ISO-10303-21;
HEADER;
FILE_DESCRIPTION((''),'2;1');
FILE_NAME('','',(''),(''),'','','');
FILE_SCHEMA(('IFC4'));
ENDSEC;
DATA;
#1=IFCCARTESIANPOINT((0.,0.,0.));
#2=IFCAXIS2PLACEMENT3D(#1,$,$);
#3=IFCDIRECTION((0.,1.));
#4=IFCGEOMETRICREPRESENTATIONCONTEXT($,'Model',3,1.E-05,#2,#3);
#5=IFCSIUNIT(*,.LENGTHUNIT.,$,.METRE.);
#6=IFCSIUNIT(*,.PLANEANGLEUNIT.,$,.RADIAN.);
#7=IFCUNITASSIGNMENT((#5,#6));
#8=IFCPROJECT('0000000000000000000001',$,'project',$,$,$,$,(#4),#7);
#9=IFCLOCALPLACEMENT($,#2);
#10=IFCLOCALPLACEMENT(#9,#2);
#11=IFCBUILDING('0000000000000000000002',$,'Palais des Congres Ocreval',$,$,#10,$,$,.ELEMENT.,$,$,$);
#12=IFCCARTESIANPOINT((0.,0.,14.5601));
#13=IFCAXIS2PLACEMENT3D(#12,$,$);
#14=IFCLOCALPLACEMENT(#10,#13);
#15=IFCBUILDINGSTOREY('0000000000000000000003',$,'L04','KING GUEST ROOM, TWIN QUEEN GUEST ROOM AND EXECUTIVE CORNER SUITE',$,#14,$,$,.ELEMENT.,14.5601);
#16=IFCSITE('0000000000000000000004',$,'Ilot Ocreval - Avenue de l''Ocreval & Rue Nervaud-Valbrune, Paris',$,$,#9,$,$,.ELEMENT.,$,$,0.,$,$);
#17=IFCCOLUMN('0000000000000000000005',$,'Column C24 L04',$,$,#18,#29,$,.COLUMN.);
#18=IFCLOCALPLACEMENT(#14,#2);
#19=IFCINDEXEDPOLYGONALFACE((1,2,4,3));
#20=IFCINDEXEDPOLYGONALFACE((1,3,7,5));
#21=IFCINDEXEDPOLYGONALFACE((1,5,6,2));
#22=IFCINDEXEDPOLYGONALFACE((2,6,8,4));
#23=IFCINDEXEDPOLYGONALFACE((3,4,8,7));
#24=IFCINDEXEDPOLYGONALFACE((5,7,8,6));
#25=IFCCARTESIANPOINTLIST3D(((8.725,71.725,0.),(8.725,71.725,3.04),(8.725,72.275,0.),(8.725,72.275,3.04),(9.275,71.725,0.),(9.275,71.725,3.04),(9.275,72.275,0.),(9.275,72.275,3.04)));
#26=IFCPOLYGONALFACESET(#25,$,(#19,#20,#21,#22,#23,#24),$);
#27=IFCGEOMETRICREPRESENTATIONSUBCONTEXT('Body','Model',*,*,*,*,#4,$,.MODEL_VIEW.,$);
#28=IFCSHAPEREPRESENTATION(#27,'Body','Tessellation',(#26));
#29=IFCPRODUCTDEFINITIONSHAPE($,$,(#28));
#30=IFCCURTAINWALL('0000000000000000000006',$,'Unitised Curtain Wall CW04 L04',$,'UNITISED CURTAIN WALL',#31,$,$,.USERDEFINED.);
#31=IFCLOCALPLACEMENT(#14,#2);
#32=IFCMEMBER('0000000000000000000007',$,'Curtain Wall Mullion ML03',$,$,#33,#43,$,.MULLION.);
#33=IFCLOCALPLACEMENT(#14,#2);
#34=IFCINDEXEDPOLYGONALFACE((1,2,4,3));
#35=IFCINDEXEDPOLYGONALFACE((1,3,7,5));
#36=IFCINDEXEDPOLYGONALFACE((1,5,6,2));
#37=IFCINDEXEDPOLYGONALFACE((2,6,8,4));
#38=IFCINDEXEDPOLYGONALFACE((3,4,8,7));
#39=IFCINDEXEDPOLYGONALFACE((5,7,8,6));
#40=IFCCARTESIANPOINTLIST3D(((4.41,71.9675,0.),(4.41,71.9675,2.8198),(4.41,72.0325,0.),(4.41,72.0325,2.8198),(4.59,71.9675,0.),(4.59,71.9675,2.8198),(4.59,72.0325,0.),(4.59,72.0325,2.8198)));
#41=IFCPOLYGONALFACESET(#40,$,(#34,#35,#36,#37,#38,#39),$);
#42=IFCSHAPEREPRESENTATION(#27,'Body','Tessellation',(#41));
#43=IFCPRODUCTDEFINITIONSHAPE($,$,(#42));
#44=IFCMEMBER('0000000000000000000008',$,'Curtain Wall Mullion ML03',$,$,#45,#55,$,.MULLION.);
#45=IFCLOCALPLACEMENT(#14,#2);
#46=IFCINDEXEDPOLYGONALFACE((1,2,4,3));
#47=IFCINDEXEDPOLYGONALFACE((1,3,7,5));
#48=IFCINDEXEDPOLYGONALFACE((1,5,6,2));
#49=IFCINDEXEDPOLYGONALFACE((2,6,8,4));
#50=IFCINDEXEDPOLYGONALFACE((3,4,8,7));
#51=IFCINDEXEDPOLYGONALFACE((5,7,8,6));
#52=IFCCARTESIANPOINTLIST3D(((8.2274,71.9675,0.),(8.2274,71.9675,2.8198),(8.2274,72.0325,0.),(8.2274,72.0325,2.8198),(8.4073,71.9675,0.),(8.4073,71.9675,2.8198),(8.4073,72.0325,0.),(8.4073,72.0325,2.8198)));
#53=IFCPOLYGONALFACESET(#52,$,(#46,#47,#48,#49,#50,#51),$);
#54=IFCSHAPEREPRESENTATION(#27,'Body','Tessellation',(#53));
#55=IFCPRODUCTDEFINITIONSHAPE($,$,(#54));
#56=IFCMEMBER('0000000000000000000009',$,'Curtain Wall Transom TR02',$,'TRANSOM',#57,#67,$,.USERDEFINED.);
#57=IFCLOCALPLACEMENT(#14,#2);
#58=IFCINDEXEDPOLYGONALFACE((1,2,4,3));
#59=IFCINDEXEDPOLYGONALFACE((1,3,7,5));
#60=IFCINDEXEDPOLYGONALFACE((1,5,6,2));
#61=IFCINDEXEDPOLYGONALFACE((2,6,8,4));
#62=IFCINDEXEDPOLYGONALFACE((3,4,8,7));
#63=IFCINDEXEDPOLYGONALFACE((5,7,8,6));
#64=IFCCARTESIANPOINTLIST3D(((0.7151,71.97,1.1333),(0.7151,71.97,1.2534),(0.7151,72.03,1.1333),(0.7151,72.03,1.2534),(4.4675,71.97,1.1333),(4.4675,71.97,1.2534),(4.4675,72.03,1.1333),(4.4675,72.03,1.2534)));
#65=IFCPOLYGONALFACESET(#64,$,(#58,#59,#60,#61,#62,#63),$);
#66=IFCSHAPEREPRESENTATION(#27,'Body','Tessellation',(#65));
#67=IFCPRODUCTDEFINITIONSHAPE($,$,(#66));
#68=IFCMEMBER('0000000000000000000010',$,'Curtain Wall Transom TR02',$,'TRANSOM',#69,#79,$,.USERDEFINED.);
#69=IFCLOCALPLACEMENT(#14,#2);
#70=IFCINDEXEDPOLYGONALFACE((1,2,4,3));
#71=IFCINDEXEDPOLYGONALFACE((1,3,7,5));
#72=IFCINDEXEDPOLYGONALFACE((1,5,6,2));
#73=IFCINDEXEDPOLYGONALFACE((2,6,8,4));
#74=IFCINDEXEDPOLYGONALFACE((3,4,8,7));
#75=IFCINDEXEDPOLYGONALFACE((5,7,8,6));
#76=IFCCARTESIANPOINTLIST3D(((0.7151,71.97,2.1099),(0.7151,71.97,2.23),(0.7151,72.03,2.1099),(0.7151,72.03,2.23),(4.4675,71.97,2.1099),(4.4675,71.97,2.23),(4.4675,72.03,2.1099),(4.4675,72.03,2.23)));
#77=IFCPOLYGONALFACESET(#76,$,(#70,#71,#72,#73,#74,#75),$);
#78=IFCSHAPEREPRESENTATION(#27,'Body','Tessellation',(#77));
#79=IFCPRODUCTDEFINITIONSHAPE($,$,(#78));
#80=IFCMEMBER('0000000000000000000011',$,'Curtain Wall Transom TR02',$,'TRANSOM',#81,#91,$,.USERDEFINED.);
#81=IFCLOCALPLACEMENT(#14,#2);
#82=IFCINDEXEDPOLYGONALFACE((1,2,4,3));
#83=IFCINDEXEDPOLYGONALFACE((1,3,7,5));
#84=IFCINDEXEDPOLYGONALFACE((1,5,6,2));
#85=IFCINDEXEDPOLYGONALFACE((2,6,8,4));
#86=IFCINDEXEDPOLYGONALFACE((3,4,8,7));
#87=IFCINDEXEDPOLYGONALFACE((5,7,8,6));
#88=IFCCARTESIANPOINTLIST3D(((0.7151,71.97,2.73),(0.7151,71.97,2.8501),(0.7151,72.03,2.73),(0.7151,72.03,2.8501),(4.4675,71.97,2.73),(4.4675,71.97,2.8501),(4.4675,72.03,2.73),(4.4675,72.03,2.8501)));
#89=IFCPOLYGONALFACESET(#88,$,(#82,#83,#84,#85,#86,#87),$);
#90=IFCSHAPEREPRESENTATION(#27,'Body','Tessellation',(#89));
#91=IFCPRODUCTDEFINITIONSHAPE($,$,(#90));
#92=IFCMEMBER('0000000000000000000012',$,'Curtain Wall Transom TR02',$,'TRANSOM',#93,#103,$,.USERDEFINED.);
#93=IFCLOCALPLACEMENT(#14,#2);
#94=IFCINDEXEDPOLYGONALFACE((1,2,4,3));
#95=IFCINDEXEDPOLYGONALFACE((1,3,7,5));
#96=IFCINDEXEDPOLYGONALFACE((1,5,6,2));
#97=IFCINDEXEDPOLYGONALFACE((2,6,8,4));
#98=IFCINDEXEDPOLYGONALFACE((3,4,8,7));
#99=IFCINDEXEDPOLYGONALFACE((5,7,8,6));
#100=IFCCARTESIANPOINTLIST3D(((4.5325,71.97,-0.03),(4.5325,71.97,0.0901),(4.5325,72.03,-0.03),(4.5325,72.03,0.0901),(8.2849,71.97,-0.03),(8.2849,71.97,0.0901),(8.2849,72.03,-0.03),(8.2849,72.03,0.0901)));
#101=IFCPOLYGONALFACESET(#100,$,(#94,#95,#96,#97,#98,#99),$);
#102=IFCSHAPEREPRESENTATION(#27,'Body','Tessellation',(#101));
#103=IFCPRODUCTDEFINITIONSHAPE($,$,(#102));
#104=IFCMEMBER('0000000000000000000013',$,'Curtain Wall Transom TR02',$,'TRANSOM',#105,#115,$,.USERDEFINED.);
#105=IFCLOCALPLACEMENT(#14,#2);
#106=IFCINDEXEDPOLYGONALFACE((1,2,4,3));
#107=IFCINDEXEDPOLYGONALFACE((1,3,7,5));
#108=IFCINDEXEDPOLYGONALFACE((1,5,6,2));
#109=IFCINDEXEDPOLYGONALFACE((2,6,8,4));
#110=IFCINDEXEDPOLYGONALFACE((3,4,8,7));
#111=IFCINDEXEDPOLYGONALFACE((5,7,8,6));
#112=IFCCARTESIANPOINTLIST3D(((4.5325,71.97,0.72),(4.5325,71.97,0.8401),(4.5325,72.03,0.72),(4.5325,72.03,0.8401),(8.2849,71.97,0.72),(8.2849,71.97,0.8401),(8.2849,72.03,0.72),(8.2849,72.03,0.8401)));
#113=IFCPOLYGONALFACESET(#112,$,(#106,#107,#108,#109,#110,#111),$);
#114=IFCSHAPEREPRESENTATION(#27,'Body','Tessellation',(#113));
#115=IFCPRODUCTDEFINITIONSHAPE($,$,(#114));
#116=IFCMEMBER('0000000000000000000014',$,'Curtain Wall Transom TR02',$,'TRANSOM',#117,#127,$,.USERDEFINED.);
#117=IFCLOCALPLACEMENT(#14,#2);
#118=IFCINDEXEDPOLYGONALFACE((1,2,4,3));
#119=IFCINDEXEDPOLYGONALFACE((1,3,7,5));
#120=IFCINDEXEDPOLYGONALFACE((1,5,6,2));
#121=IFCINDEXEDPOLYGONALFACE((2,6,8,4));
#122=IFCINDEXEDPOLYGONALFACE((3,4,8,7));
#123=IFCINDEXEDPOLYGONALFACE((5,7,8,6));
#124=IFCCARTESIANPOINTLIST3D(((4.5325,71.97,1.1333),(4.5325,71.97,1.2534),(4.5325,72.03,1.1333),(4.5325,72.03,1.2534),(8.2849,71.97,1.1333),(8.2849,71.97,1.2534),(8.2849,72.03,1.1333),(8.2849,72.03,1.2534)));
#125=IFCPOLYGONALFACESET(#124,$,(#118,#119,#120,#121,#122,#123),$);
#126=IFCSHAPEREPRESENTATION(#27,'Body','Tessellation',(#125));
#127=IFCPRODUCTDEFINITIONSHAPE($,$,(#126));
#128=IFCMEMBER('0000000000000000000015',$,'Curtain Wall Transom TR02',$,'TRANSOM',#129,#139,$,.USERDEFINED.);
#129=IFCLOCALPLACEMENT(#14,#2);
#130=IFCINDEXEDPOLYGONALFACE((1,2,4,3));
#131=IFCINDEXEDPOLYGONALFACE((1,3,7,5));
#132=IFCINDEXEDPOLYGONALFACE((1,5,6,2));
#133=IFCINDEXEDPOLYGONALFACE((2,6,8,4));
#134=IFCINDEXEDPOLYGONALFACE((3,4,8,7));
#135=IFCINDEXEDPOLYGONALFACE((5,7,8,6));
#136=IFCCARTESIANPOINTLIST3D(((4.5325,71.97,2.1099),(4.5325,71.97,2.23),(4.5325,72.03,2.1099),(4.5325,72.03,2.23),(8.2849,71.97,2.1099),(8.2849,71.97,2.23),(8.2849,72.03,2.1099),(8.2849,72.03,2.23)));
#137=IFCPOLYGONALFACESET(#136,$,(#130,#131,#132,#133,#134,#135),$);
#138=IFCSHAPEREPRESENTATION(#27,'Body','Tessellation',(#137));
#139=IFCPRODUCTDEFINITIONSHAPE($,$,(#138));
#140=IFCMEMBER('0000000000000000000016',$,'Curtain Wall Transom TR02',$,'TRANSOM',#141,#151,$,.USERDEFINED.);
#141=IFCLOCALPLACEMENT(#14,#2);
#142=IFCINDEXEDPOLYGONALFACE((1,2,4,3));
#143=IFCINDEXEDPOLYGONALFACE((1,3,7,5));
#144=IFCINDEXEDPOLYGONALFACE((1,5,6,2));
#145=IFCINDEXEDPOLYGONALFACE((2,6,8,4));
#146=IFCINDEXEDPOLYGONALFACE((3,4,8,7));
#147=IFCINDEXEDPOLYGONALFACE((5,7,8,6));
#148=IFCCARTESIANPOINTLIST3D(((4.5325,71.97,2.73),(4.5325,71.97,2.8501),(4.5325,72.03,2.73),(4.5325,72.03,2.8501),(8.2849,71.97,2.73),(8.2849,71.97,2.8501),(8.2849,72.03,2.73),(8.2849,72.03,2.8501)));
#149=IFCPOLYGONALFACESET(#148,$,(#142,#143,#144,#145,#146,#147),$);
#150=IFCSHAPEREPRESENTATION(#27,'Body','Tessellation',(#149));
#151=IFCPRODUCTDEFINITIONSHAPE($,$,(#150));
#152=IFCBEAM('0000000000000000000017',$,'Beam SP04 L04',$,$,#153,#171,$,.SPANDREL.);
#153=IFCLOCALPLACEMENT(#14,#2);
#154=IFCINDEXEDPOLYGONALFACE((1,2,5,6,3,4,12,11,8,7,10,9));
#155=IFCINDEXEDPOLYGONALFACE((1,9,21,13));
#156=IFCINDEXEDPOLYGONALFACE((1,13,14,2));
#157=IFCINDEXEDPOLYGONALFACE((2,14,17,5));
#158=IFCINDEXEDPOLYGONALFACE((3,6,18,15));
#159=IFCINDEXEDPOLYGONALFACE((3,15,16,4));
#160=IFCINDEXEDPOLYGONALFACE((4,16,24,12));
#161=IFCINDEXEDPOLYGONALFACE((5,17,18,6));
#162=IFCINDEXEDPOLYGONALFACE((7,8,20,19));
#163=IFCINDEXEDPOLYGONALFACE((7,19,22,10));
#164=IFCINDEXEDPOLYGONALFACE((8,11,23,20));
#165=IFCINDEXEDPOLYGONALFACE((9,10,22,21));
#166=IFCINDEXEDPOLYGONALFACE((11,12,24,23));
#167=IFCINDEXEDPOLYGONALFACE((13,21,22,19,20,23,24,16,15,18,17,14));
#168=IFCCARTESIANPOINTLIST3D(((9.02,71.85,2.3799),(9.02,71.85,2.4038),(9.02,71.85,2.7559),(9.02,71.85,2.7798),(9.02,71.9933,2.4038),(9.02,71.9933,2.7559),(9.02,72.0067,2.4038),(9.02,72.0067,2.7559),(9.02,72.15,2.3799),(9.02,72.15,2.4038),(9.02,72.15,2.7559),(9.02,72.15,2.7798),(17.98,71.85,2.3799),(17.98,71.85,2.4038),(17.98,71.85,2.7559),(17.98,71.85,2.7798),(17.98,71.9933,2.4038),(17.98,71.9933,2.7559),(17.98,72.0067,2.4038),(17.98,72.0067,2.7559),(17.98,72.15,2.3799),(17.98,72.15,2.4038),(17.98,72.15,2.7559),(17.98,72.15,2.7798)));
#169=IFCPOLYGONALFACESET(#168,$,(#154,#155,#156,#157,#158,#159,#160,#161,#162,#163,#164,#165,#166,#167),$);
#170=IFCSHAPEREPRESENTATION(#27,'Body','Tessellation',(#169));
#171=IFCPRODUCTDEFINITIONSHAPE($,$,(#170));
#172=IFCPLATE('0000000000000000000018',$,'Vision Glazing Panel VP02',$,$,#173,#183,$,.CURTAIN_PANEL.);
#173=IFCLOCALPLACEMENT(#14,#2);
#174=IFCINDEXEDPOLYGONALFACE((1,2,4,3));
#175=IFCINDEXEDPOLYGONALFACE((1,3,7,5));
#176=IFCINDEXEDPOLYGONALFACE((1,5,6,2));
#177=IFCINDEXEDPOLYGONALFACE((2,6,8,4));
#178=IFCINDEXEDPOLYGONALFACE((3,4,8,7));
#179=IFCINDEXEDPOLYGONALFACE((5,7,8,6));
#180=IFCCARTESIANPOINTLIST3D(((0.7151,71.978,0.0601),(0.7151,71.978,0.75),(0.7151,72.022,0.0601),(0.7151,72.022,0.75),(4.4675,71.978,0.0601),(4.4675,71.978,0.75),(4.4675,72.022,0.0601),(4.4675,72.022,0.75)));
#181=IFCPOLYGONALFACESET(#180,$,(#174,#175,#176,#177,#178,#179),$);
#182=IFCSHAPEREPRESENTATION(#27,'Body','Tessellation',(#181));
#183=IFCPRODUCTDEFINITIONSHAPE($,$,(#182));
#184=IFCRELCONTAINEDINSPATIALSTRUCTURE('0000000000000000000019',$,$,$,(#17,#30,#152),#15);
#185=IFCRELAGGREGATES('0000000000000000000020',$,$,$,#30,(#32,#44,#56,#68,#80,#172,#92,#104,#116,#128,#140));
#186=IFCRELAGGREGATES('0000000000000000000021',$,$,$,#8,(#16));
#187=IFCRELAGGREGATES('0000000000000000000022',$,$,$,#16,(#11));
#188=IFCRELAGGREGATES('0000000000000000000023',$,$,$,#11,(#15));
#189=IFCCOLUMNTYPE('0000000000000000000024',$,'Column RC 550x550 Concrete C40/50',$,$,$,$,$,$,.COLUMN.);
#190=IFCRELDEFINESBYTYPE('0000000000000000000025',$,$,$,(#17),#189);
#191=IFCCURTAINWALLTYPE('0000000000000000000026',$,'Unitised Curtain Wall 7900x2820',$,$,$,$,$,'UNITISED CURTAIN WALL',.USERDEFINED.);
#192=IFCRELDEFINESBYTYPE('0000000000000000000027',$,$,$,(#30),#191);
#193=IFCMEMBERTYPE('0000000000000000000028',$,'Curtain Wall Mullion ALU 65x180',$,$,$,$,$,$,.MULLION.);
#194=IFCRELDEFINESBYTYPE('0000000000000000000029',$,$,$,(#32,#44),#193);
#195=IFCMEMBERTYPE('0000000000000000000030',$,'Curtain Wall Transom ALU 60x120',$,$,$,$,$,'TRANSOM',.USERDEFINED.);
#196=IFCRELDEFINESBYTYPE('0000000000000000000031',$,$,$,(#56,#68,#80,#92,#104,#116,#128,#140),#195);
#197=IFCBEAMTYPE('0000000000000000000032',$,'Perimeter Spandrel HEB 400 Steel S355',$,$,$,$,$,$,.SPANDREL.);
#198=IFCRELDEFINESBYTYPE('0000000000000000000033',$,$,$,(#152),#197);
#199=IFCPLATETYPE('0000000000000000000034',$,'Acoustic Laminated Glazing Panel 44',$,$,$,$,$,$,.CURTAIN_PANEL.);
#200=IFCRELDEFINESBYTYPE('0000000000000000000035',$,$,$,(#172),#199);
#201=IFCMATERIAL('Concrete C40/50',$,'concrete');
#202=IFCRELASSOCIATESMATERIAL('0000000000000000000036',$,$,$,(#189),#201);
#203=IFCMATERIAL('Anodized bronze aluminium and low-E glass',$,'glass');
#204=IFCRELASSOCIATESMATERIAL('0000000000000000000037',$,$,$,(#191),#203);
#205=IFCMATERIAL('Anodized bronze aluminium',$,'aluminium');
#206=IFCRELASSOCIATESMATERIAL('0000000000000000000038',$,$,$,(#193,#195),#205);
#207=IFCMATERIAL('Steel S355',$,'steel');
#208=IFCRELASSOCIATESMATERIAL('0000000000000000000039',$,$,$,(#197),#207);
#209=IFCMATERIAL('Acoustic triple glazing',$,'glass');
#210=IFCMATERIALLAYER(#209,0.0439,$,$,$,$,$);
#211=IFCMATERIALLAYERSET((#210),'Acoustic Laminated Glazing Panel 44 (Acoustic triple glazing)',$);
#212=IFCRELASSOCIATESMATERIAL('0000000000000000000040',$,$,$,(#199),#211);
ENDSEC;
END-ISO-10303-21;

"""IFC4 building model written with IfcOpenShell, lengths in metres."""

from ifc_helpers import new_model, si_unit, direction, frame, origin, origin_2d, place, context, subcontext, project, spatial, rectangle, i_section, extrude, material, layer, layer_set, material_profile, profile_set, type_object, element, aggregate, save


model = new_model("IFC4")

# Units and contexts
model_context = context("Model", 3, precision=1e-05, world=origin(), true_north=direction((0.0, 1.0)))
body_context = subcontext(model_context, "Body", "Model", "MODEL_VIEW")
ifc_project = project(units=[si_unit("LENGTHUNIT", "METRE"), si_unit("PLANEANGLEUNIT", "RADIAN")], contexts=[model_context])

# Site, building, storey
site_placement = place(None, origin())
site = spatial("IfcSite", under=ifc_project, at=site_placement, Name="Ilot Ocreval - Avenue de l'Ocreval & Rue Nervaud-Valbrune, Paris", CompositionType="ELEMENT", RefElevation=0.0)
building_placement = place(site_placement, origin())
building = spatial("IfcBuilding", under=site, at=building_placement, Name="Palais des Congres Ocreval", CompositionType="ELEMENT")
storey_placement = place(building_placement, frame((0.0, 0.0, 14.5601)))
storey = spatial("IfcBuildingStorey", under=building, at=storey_placement, Name="L04", Description="KING GUEST ROOM, TWIN QUEEN GUEST ROOM AND EXECUTIVE CORNER SUITE", CompositionType="ELEMENT", Elevation=14.5601)

# Column
ifc_material_1 = material(Name="Concrete C40/50", Category="concrete")
ifc_material_profile_1 = material_profile(ifc_material_1, rectangle(XDim=0.55, YDim=0.55, at=origin_2d()), Name="RC 550x550")
ifc_profile_set_1 = profile_set([ifc_material_profile_1], Name="Concrete C40/50")
column_type = type_object("IfcColumnType", Name="Column RC 550x550 Concrete C40/50", PredefinedType="COLUMN", material=ifc_profile_set_1)
column_placement = place(storey_placement, frame((9.0, 72.0, 0.0), z_axis=(0.0, 0.0, 1.0), x_axis=(1.0, 0.0, 0.0)))
element("IfcColumn", 1, at=column_placement, inside=storey, type_object=column_type, Name="Column C24 L04", PredefinedType="COLUMN", context=body_context, shape_type="SweptSolid", body=[
    extrude(rectangle(XDim=0.55, YDim=0.55, at=origin_2d()), origin(), (0.0, 0.0, 1.0), 3.04),
])

# Curtain wall, members
ifc_material_2 = material(Name="Anodized bronze aluminium and low-E glass", Category="glass")
curtain_wall_type = type_object("IfcCurtainWallType", Name="Unitised Curtain Wall 7900x2820", ElementType="UNITISED CURTAIN WALL", PredefinedType="USERDEFINED", material=ifc_material_2)
curtain_wall_placement = place(storey_placement, origin())
curtain_wall = element("IfcCurtainWall", 2, at=curtain_wall_placement, inside=storey, type_object=curtain_wall_type, Name="Unitised Curtain Wall CW04 L04", ObjectType="UNITISED CURTAIN WALL", PredefinedType="USERDEFINED")
ifc_material_3 = material(Name="Anodized bronze aluminium", Category="aluminium")
ifc_material_profile_2 = material_profile(ifc_material_3, rectangle(XDim=0.0649, YDim=0.1799, at=origin_2d()), Name="ALU 65x180")
ifc_profile_set_2 = profile_set([ifc_material_profile_2], Name="Anodized bronze aluminium")
member_type_1 = type_object("IfcMemberType", Name="Curtain Wall Mullion ALU 65x180", PredefinedType="MULLION", material=ifc_profile_set_2)
member_1_placement = place(storey_placement, frame((4.5, 72.0, 0.0), z_axis=(0.0, 0.0, 1.0), x_axis=(0.0, 1.0, 0.0)))
member_1 = element("IfcMember", 3, at=member_1_placement, type_object=member_type_1, Name="Curtain Wall Mullion ML03", PredefinedType="MULLION", context=body_context, shape_type="SweptSolid", body=[
    extrude(rectangle(XDim=0.0649, YDim=0.1799, at=origin_2d()), origin(), (0.0, 0.0, 1.0), 2.8198),
])
member_2_placement = place(storey_placement, frame((8.3174, 72.0, 0.0), z_axis=(0.0, 0.0, 1.0), x_axis=(0.0, 1.0, 0.0)))
member_2 = element("IfcMember", 4, at=member_2_placement, type_object=member_type_1, Name="Curtain Wall Mullion ML03", PredefinedType="MULLION", context=body_context, shape_type="SweptSolid", body=[
    extrude(rectangle(XDim=0.0649, YDim=0.1799, at=origin_2d()), origin(), (0.0, 0.0, 1.0), 2.8198),
])
ifc_material_profile_3 = material_profile(ifc_material_3, rectangle(XDim=0.0601, YDim=0.1201, at=origin_2d()), Name="ALU 60x120")
ifc_profile_set_3 = profile_set([ifc_material_profile_3], Name="Anodized bronze aluminium")
member_type_2 = type_object("IfcMemberType", Name="Curtain Wall Transom ALU 60x120", ElementType="TRANSOM", PredefinedType="USERDEFINED", material=ifc_profile_set_3)
member_3_placement = place(storey_placement, frame((0.7151, 72.0, 1.1934), z_axis=(1.0, 0.0, 0.0), x_axis=(0.0, 1.0, 0.0)))
member_3 = element("IfcMember", 5, at=member_3_placement, type_object=member_type_2, Name="Curtain Wall Transom TR02", ObjectType="TRANSOM", PredefinedType="USERDEFINED", context=body_context, shape_type="SweptSolid", body=[
    extrude(rectangle(XDim=0.0601, YDim=0.1201, at=origin_2d()), origin(), (0.0, 0.0, 1.0), 3.7524),
])
member_4_placement = place(storey_placement, frame((0.7151, 72.0, 2.1699), z_axis=(1.0, 0.0, 0.0), x_axis=(0.0, 1.0, 0.0)))
member_4 = element("IfcMember", 6, at=member_4_placement, type_object=member_type_2, Name="Curtain Wall Transom TR02", ObjectType="TRANSOM", PredefinedType="USERDEFINED", context=body_context, shape_type="SweptSolid", body=[
    extrude(rectangle(XDim=0.0601, YDim=0.1201, at=origin_2d()), origin(), (0.0, 0.0, 1.0), 3.7524),
])
member_5_placement = place(storey_placement, frame((0.7151, 72.0, 2.79), z_axis=(1.0, 0.0, 0.0), x_axis=(0.0, 1.0, 0.0)))
member_5 = element("IfcMember", 7, at=member_5_placement, type_object=member_type_2, Name="Curtain Wall Transom TR02", ObjectType="TRANSOM", PredefinedType="USERDEFINED", context=body_context, shape_type="SweptSolid", body=[
    extrude(rectangle(XDim=0.0601, YDim=0.1201, at=origin_2d()), origin(), (0.0, 0.0, 1.0), 3.7524),
])
member_6_placement = place(storey_placement, frame((4.5325, 72.0, 0.03), z_axis=(1.0, 0.0, 0.0), x_axis=(0.0, 1.0, 0.0)))
member_6 = element("IfcMember", 8, at=member_6_placement, type_object=member_type_2, Name="Curtain Wall Transom TR02", ObjectType="TRANSOM", PredefinedType="USERDEFINED", context=body_context, shape_type="SweptSolid", body=[
    extrude(rectangle(XDim=0.0601, YDim=0.1201, at=origin_2d()), origin(), (0.0, 0.0, 1.0), 3.7524),
])
member_7_placement = place(storey_placement, frame((4.5325, 72.0, 0.78), z_axis=(1.0, 0.0, 0.0), x_axis=(0.0, 1.0, 0.0)))
member_7 = element("IfcMember", 9, at=member_7_placement, type_object=member_type_2, Name="Curtain Wall Transom TR02", ObjectType="TRANSOM", PredefinedType="USERDEFINED", context=body_context, shape_type="SweptSolid", body=[
    extrude(rectangle(XDim=0.0601, YDim=0.1201, at=origin_2d()), origin(), (0.0, 0.0, 1.0), 3.7524),
])
member_8_placement = place(storey_placement, frame((4.5325, 72.0, 1.1934), z_axis=(1.0, 0.0, 0.0), x_axis=(0.0, 1.0, 0.0)))
member_8 = element("IfcMember", 10, at=member_8_placement, type_object=member_type_2, Name="Curtain Wall Transom TR02", ObjectType="TRANSOM", PredefinedType="USERDEFINED", context=body_context, shape_type="SweptSolid", body=[
    extrude(rectangle(XDim=0.0601, YDim=0.1201, at=origin_2d()), origin(), (0.0, 0.0, 1.0), 3.7524),
])
member_9_placement = place(storey_placement, frame((4.5325, 72.0, 2.1699), z_axis=(1.0, 0.0, 0.0), x_axis=(0.0, 1.0, 0.0)))
member_9 = element("IfcMember", 11, at=member_9_placement, type_object=member_type_2, Name="Curtain Wall Transom TR02", ObjectType="TRANSOM", PredefinedType="USERDEFINED", context=body_context, shape_type="SweptSolid", body=[
    extrude(rectangle(XDim=0.0601, YDim=0.1201, at=origin_2d()), origin(), (0.0, 0.0, 1.0), 3.7524),
])
member_10_placement = place(storey_placement, frame((4.5325, 72.0, 2.79), z_axis=(1.0, 0.0, 0.0), x_axis=(0.0, 1.0, 0.0)))
member_10 = element("IfcMember", 12, at=member_10_placement, type_object=member_type_2, Name="Curtain Wall Transom TR02", ObjectType="TRANSOM", PredefinedType="USERDEFINED", context=body_context, shape_type="SweptSolid", body=[
    extrude(rectangle(XDim=0.0601, YDim=0.1201, at=origin_2d()), origin(), (0.0, 0.0, 1.0), 3.7524),
])

# Beam
ifc_material_4 = material(Name="Steel S355", Category="steel")
ifc_material_profile_4 = material_profile(ifc_material_4, i_section(OverallWidth=0.3, OverallDepth=0.3999, WebThickness=0.0134, FlangeThickness=0.0239, at=origin_2d()), Name="HEB 400")
ifc_profile_set_4 = profile_set([ifc_material_profile_4], Name="Steel S355")
beam_type = type_object("IfcBeamType", Name="Perimeter Spandrel HEB 400 Steel S355", PredefinedType="SPANDREL", material=ifc_profile_set_4)
beam_placement = place(storey_placement, frame((9.02, 72.0, 2.5798), z_axis=(1.0, 0.0, 0.0), x_axis=(0.0, 1.0, 0.0)))
element("IfcBeam", 13, at=beam_placement, inside=storey, type_object=beam_type, Name="Beam SP04 L04", PredefinedType="SPANDREL", context=body_context, shape_type="SweptSolid", body=[
    extrude(i_section(OverallWidth=0.3, OverallDepth=0.3999, WebThickness=0.0134, FlangeThickness=0.0239, at=origin_2d()), origin(), (0.0, 0.0, 1.0), 8.96),
])

# Plate
ifc_material_5 = material(Name="Acoustic triple glazing", Category="glass")
ifc_layer_1 = layer(ifc_material_5, 0.0439)
ifc_layer_set_1 = layer_set([ifc_layer_1], Name="Acoustic Laminated Glazing Panel 44 (Acoustic triple glazing)")
plate_type_1 = type_object("IfcPlateType", Name="Acoustic Laminated Glazing Panel 44", PredefinedType="CURTAIN_PANEL", material=ifc_layer_set_1)
plate_1_placement = place(storey_placement, frame((2.5913, 72.0, 0.0601), z_axis=(0.0, 0.0, 1.0), x_axis=(1.0, 0.0, 0.0)))
plate_1 = element("IfcPlate", 14, at=plate_1_placement, type_object=plate_type_1, Name="Vision Glazing Panel VP02", PredefinedType="CURTAIN_PANEL", context=body_context, shape_type="SweptSolid", body=[
    extrude(rectangle(XDim=3.7524, YDim=0.0439, at=origin_2d()), origin(), (0.0, 0.0, 1.0), 0.6899),
])
aggregate(curtain_wall, [member_1, member_2, member_3, member_4, member_5, plate_1, member_6, member_7, member_8, member_9, member_10])

save(model, "model.ifc")
